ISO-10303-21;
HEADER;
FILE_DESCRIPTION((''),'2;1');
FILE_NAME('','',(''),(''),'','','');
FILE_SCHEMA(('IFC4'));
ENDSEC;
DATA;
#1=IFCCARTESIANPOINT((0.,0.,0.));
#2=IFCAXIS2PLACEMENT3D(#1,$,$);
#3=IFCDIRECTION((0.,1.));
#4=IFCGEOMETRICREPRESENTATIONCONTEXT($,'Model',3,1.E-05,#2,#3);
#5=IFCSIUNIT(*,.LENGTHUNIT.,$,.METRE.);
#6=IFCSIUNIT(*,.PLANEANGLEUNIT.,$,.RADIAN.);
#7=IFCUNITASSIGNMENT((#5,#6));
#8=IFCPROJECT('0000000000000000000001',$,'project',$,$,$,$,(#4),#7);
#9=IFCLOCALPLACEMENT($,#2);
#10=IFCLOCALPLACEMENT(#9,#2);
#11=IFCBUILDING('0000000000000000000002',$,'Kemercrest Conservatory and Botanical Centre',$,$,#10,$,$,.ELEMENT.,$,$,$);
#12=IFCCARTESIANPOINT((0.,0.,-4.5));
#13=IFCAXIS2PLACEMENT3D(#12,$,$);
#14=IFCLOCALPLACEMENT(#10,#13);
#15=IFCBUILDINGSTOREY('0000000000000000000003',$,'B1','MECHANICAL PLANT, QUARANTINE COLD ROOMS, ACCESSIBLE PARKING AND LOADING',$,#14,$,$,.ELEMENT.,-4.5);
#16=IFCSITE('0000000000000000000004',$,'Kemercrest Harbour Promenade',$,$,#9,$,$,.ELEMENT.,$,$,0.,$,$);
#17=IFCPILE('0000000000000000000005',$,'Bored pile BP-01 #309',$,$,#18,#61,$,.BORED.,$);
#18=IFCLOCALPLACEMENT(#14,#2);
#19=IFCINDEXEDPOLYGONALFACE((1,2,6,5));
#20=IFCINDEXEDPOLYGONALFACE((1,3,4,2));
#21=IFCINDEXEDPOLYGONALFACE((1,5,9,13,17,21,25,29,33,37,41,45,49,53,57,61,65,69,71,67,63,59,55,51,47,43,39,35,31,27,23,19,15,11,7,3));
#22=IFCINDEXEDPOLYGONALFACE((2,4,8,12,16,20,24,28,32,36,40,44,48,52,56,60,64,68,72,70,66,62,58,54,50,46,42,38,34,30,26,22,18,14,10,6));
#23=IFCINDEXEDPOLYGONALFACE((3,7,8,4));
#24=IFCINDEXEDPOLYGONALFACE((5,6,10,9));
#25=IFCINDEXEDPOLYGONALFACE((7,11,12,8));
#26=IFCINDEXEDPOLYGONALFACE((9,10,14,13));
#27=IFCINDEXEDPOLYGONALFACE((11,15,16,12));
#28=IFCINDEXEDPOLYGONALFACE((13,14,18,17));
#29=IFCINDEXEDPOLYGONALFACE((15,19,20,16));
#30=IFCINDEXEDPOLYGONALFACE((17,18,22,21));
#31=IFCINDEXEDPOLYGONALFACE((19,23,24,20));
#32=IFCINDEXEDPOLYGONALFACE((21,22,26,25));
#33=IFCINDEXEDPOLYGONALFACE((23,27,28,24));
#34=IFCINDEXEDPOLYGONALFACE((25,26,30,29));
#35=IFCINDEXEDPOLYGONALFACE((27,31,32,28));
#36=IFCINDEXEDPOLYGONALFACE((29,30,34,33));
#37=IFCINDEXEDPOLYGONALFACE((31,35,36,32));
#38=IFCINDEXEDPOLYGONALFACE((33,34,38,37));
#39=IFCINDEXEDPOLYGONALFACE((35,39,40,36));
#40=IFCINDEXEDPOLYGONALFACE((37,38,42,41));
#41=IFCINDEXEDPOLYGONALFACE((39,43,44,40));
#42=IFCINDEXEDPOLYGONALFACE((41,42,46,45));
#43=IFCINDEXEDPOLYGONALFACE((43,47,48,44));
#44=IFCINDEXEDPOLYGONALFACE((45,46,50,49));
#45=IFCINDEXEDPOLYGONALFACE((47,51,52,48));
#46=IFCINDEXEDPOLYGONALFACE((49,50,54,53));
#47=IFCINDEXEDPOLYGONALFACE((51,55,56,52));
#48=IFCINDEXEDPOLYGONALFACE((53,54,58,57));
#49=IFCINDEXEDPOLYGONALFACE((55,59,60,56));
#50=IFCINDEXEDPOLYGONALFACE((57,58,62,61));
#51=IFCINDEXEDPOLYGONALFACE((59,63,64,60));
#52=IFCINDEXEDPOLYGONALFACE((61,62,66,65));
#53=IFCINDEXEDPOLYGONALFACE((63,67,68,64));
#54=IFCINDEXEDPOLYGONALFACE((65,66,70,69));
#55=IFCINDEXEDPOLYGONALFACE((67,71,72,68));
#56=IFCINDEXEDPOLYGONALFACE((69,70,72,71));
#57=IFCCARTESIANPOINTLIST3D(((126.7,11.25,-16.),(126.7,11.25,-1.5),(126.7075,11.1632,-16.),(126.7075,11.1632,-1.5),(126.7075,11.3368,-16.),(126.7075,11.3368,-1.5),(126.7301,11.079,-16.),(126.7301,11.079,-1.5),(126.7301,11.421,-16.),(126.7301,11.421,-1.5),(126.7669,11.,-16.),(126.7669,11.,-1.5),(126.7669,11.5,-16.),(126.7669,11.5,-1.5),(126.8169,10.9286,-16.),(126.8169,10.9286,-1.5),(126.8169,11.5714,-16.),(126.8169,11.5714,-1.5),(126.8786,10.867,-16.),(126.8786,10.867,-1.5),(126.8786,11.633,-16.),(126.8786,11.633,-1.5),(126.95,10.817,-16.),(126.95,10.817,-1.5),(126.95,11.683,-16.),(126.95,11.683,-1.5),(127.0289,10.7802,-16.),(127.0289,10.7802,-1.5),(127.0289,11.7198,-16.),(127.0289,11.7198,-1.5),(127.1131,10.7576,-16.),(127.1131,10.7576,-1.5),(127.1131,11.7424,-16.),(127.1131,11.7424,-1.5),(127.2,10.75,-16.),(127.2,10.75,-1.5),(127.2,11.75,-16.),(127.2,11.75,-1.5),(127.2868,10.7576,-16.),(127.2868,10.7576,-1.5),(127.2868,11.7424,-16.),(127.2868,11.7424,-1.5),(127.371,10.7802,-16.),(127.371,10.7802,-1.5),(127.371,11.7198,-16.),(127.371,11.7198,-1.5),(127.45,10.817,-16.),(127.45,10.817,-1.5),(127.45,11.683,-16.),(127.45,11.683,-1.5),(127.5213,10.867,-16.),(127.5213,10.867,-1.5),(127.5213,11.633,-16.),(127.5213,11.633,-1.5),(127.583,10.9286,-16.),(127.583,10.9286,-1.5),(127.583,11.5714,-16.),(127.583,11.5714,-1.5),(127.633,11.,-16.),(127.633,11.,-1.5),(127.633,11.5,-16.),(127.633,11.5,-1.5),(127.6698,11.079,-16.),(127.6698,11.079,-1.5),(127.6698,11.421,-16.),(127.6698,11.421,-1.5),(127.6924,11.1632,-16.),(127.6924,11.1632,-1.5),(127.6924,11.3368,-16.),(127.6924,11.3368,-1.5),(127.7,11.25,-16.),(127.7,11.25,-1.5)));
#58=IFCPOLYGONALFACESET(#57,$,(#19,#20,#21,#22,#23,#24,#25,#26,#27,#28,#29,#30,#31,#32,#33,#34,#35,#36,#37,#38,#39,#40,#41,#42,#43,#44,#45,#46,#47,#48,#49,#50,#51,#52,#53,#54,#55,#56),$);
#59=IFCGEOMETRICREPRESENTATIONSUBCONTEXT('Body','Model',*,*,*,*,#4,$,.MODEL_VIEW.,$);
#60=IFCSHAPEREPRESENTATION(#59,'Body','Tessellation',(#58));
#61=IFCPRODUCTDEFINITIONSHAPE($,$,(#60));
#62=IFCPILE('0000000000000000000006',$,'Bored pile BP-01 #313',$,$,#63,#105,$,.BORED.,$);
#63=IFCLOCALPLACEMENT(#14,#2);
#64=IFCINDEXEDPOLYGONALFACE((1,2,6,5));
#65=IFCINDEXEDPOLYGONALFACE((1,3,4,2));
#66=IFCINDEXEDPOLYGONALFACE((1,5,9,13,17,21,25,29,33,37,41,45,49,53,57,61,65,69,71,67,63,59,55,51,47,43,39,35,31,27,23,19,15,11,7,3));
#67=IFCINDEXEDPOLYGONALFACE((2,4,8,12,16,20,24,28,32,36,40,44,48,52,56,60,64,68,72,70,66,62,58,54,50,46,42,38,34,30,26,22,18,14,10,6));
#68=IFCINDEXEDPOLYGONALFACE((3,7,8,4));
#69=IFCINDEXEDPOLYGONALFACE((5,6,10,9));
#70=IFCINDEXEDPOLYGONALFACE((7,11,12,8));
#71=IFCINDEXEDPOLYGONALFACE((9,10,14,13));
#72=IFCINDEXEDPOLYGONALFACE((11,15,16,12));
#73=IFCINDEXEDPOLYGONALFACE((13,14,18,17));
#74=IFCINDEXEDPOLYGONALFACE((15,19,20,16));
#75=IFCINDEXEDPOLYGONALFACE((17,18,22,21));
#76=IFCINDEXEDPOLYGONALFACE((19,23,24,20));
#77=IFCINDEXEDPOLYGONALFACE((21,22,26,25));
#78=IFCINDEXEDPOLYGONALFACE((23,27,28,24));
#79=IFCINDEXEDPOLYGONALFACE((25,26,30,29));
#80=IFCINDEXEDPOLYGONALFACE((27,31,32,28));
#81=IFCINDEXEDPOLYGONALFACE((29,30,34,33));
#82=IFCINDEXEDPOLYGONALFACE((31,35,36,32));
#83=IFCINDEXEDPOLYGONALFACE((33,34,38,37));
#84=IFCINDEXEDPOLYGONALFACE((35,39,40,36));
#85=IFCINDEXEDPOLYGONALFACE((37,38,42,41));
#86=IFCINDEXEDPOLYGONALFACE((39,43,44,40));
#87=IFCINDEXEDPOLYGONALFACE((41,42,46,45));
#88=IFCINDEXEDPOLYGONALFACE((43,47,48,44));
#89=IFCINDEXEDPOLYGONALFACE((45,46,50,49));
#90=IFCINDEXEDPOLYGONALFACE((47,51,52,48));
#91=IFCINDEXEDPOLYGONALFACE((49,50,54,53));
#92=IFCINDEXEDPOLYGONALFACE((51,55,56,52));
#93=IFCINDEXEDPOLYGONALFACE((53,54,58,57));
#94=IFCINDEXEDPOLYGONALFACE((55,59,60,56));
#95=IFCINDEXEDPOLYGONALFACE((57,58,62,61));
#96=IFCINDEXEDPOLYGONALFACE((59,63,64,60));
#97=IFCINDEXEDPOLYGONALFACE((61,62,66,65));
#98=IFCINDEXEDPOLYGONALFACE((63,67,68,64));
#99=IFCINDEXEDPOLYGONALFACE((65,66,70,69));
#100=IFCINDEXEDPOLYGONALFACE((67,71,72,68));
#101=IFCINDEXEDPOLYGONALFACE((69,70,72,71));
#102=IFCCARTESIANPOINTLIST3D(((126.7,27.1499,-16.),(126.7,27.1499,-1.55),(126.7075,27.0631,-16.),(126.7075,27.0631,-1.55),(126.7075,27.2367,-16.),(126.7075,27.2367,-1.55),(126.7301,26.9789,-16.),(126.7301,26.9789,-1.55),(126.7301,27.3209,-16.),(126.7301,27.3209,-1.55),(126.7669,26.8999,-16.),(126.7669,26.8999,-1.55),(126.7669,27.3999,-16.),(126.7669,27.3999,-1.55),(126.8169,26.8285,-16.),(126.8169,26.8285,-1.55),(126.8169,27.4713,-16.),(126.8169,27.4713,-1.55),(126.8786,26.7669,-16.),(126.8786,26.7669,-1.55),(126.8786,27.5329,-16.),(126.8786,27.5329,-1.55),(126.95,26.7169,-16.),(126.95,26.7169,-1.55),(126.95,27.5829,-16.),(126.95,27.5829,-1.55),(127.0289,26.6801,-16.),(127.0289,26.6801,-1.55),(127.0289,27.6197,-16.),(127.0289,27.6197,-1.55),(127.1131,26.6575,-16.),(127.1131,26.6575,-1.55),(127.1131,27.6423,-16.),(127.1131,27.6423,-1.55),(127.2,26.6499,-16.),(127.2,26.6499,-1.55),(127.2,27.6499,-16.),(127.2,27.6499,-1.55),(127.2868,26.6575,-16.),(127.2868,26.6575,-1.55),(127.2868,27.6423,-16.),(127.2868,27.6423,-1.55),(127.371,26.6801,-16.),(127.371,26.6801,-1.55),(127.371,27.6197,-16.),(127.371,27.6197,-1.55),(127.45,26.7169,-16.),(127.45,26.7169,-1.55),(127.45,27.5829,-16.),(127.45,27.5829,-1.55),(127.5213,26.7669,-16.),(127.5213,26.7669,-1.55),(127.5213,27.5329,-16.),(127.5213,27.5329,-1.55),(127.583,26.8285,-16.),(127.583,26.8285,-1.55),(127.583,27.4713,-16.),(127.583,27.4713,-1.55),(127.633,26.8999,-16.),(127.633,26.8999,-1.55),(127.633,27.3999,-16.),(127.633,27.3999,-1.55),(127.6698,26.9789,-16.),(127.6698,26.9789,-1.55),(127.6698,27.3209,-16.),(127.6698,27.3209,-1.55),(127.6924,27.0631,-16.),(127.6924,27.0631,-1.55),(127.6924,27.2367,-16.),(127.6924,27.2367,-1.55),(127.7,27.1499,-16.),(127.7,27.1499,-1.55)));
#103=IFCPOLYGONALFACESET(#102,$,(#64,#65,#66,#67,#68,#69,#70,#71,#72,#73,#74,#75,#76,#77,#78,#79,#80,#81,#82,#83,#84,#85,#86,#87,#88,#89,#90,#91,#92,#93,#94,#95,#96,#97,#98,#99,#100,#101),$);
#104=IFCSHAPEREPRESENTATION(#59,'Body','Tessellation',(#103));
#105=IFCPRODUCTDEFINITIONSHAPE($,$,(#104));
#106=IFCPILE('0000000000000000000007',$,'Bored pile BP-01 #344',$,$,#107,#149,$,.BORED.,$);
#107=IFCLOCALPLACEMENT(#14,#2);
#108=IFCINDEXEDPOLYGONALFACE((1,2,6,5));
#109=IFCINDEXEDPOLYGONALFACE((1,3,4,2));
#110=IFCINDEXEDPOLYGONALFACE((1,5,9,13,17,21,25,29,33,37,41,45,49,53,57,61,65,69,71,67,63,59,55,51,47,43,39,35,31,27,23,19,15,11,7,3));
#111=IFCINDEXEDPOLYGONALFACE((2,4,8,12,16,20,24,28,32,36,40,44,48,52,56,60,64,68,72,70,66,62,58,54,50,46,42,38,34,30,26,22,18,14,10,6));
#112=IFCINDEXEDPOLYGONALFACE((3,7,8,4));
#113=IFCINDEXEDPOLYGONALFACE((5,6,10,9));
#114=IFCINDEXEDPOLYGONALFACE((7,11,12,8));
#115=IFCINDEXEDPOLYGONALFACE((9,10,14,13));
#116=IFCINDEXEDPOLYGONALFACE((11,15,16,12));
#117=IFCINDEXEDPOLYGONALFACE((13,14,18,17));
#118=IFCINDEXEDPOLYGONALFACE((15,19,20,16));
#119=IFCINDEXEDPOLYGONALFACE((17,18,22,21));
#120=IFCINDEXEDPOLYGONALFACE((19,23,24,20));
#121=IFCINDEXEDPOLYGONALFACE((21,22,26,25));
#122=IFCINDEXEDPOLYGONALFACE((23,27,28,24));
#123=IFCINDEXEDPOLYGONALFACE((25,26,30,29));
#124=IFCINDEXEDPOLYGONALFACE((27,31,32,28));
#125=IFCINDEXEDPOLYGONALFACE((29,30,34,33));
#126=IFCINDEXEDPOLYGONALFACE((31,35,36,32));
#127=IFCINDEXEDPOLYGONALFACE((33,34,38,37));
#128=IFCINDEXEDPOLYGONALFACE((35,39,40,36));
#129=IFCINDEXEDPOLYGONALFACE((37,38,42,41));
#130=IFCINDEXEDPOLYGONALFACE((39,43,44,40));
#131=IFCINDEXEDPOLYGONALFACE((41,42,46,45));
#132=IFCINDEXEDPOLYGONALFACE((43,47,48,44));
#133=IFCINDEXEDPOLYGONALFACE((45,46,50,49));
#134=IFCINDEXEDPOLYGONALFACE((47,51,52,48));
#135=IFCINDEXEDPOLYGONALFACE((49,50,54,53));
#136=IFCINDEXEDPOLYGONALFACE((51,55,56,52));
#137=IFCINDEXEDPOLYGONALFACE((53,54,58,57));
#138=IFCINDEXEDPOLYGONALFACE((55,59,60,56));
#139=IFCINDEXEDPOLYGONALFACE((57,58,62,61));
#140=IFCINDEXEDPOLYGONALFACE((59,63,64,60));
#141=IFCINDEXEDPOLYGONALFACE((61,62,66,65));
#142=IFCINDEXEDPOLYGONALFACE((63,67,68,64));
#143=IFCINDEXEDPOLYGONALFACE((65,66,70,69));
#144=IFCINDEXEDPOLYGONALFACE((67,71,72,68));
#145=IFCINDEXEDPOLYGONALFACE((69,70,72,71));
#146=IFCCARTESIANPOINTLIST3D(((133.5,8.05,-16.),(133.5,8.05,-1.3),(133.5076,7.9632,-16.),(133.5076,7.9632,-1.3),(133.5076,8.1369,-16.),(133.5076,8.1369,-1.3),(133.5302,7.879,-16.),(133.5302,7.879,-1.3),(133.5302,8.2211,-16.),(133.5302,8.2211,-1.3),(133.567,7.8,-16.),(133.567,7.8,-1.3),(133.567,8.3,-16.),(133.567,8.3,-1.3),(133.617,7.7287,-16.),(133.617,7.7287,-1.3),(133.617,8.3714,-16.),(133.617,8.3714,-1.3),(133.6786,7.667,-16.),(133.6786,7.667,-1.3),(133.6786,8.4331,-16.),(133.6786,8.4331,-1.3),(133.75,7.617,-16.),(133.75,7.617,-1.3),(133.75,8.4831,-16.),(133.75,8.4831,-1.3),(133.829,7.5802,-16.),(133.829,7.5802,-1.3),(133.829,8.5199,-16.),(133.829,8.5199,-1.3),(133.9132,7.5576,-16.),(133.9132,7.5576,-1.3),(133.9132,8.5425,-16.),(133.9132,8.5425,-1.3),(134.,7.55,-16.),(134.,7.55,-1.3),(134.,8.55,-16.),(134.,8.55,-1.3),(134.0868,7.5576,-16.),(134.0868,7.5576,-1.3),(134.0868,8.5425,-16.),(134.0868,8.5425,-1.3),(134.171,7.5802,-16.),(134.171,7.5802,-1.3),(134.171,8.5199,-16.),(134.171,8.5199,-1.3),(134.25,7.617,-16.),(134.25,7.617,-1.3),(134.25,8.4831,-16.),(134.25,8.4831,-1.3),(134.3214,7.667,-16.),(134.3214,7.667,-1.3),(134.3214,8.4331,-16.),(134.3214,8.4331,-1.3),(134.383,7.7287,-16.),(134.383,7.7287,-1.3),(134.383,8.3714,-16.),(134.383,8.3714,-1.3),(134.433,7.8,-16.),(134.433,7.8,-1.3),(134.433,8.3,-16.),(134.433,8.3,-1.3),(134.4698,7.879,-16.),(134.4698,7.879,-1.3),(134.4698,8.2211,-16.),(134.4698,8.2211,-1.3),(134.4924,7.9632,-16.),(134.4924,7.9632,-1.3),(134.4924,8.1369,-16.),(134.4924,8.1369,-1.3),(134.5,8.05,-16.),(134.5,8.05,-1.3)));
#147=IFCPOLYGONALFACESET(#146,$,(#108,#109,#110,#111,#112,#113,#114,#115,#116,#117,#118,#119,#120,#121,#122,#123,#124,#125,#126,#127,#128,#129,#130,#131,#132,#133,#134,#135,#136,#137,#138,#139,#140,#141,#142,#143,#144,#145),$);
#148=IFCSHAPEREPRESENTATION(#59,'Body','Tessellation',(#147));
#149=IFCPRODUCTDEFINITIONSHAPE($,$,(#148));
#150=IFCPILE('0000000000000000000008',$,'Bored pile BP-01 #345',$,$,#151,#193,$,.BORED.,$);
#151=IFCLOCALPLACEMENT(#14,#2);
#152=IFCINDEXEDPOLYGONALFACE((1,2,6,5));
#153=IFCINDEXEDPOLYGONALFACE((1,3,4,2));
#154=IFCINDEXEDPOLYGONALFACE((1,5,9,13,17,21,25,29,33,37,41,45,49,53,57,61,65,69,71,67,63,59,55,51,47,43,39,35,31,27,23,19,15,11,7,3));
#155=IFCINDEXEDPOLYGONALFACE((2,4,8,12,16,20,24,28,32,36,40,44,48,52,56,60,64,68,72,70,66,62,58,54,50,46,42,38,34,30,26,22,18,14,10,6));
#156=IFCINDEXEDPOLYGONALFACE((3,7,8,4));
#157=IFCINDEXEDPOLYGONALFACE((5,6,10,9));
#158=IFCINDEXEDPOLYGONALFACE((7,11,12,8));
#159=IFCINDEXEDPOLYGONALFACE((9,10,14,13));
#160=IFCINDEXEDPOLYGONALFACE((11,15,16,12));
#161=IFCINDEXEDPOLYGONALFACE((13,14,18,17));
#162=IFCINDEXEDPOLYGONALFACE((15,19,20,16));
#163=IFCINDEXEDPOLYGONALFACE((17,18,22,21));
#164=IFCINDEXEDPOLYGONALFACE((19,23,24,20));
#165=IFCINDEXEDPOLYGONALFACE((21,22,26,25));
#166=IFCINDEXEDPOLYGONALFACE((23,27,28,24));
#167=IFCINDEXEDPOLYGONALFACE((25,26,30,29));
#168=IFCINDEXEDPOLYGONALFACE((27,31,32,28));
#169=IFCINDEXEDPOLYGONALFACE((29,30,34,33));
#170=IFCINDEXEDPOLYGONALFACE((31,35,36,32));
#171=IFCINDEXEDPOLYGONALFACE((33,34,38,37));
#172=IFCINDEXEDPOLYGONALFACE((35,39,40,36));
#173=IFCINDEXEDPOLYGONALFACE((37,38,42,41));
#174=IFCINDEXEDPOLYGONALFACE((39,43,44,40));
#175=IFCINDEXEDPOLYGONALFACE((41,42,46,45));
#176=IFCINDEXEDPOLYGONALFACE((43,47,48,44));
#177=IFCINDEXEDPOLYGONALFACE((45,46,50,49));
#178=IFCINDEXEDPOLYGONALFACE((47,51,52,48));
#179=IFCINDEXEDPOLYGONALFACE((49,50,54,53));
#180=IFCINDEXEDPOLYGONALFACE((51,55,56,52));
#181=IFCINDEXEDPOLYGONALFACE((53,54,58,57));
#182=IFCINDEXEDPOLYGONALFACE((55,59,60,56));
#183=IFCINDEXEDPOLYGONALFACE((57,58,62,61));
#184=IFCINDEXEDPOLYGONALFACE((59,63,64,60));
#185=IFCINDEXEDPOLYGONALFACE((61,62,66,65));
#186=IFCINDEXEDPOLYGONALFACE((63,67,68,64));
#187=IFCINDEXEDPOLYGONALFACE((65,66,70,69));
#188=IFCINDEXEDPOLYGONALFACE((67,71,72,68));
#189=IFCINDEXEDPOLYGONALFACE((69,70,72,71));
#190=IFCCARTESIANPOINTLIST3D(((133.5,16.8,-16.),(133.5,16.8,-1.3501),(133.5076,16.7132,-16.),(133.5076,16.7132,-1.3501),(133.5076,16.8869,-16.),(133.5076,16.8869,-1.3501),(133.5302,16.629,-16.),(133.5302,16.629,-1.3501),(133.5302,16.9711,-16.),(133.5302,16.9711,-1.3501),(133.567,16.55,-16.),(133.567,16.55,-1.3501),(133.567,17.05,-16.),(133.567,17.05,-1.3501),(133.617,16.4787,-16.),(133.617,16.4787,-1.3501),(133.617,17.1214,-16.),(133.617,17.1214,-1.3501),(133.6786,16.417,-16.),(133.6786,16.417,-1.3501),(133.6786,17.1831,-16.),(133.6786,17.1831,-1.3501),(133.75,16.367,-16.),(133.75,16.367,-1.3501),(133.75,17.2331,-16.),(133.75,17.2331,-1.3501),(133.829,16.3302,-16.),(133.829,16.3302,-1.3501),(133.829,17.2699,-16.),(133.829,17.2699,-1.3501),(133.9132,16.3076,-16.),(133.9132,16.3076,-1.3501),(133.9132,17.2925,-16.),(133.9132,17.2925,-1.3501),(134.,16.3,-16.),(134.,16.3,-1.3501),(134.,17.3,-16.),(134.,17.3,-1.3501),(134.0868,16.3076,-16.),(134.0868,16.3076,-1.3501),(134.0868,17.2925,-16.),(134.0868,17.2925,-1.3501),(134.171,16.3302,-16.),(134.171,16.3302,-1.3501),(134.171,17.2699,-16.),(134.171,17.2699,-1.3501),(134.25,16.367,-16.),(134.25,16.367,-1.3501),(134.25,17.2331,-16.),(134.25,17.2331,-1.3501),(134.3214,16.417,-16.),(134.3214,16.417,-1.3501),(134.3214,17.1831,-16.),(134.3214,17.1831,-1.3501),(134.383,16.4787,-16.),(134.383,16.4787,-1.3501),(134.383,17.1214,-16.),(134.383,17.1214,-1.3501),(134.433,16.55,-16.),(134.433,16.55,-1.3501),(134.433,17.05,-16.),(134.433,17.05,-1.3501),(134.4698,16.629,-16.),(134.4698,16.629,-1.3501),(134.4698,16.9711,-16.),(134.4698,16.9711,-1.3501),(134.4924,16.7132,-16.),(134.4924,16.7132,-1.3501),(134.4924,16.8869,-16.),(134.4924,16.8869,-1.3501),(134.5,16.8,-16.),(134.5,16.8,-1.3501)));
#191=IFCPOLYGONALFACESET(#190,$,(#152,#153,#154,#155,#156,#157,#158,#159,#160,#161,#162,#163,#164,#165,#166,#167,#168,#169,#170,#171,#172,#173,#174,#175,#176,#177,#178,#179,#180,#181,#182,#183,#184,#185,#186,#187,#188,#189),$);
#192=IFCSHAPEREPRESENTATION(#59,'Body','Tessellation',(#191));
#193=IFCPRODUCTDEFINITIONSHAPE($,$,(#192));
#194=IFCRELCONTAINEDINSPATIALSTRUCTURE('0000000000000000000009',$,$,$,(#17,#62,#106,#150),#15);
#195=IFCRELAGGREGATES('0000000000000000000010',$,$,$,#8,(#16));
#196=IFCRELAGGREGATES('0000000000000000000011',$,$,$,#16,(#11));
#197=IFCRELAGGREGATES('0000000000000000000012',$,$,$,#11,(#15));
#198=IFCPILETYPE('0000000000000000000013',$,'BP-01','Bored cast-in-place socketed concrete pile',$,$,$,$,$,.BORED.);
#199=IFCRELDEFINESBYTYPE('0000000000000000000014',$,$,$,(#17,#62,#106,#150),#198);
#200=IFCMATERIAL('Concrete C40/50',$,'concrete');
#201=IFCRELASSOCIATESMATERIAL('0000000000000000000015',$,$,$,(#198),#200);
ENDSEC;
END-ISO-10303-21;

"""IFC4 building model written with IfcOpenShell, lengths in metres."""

from ifc_helpers import new_model, si_unit, direction, frame, origin, origin_2d, place, context, subcontext, project, spatial, circle, extrude, material, material_profile, profile_set, type_object, element, save


model = new_model("IFC4")

# Units and contexts
model_context = context("Model", 3, precision=1e-05, world=origin(), true_north=direction((0.0, 1.0)))
body_context = subcontext(model_context, "Body", "Model", "MODEL_VIEW")
ifc_project = project(units=[si_unit("LENGTHUNIT", "METRE"), si_unit("PLANEANGLEUNIT", "RADIAN")], contexts=[model_context])

# Site, building, storey
site_placement = place(None, origin())
site = spatial("IfcSite", under=ifc_project, at=site_placement, Name="Kemercrest Harbour Promenade", CompositionType="ELEMENT", RefElevation=0.0)
building_placement = place(site_placement, origin())
building = spatial("IfcBuilding", under=site, at=building_placement, Name="Kemercrest Conservatory and Botanical Centre", CompositionType="ELEMENT")
storey_placement = place(building_placement, frame((0.0, 0.0, -4.5)))
storey = spatial("IfcBuildingStorey", under=building, at=storey_placement, Name="B1", Description="MECHANICAL PLANT, QUARANTINE COLD ROOMS, ACCESSIBLE PARKING AND LOADING", CompositionType="ELEMENT", Elevation=-4.5)

# Piles
ifc_material_1 = material(Name="Concrete C40/50", Category="concrete")
ifc_material_profile_1 = material_profile(ifc_material_1, circle(Radius=0.5, at=origin_2d()), Name="BORED PILE 1000")
ifc_profile_set_1 = profile_set([ifc_material_profile_1], Name="Concrete C40/50")
pile_type_1 = type_object("IfcPileType", Name="BP-01", Description="Bored cast-in-place socketed concrete pile", PredefinedType="BORED", material=ifc_profile_set_1)
pile_1_placement = place(storey_placement, frame((127.2, 11.25, -1.5), z_axis=(0.0, 0.0, -1.0), x_axis=(1.0, 0.0, 0.0)))
element("IfcPile", 1, at=pile_1_placement, inside=storey, type_object=pile_type_1, Name="Bored pile BP-01 #309", PredefinedType="BORED", context=body_context, shape_type="SweptSolid", body=[
    extrude(circle(Radius=0.5, at=origin_2d()), origin(), (0.0, 0.0, 1.0), 14.5),
])
pile_2_placement = place(storey_placement, frame((127.2, 27.1499, -1.55), z_axis=(0.0, 0.0, -1.0), x_axis=(1.0, 0.0, 0.0)))
element("IfcPile", 2, at=pile_2_placement, inside=storey, type_object=pile_type_1, Name="Bored pile BP-01 #313", PredefinedType="BORED", context=body_context, shape_type="SweptSolid", body=[
    extrude(circle(Radius=0.5, at=origin_2d()), origin(), (0.0, 0.0, 1.0), 14.45),
])
pile_3_placement = place(storey_placement, frame((134.0, 8.05, -1.3), z_axis=(0.0, 0.0, -1.0), x_axis=(1.0, 0.0, 0.0)))
element("IfcPile", 3, at=pile_3_placement, inside=storey, type_object=pile_type_1, Name="Bored pile BP-01 #344", PredefinedType="BORED", context=body_context, shape_type="SweptSolid", body=[
    extrude(circle(Radius=0.5, at=origin_2d()), origin(), (0.0, 0.0, 1.0), 14.7),
])
pile_4_placement = place(storey_placement, frame((134.0, 16.8, -1.3501), z_axis=(0.0, 0.0, -1.0), x_axis=(1.0, 0.0, 0.0)))
element("IfcPile", 4, at=pile_4_placement, inside=storey, type_object=pile_type_1, Name="Bored pile BP-01 #345", PredefinedType="BORED", context=body_context, shape_type="SweptSolid", body=[
    extrude(circle(Radius=0.5, at=origin_2d()), origin(), (0.0, 0.0, 1.0), 14.6499),
])

save(model, "model.ifc")
